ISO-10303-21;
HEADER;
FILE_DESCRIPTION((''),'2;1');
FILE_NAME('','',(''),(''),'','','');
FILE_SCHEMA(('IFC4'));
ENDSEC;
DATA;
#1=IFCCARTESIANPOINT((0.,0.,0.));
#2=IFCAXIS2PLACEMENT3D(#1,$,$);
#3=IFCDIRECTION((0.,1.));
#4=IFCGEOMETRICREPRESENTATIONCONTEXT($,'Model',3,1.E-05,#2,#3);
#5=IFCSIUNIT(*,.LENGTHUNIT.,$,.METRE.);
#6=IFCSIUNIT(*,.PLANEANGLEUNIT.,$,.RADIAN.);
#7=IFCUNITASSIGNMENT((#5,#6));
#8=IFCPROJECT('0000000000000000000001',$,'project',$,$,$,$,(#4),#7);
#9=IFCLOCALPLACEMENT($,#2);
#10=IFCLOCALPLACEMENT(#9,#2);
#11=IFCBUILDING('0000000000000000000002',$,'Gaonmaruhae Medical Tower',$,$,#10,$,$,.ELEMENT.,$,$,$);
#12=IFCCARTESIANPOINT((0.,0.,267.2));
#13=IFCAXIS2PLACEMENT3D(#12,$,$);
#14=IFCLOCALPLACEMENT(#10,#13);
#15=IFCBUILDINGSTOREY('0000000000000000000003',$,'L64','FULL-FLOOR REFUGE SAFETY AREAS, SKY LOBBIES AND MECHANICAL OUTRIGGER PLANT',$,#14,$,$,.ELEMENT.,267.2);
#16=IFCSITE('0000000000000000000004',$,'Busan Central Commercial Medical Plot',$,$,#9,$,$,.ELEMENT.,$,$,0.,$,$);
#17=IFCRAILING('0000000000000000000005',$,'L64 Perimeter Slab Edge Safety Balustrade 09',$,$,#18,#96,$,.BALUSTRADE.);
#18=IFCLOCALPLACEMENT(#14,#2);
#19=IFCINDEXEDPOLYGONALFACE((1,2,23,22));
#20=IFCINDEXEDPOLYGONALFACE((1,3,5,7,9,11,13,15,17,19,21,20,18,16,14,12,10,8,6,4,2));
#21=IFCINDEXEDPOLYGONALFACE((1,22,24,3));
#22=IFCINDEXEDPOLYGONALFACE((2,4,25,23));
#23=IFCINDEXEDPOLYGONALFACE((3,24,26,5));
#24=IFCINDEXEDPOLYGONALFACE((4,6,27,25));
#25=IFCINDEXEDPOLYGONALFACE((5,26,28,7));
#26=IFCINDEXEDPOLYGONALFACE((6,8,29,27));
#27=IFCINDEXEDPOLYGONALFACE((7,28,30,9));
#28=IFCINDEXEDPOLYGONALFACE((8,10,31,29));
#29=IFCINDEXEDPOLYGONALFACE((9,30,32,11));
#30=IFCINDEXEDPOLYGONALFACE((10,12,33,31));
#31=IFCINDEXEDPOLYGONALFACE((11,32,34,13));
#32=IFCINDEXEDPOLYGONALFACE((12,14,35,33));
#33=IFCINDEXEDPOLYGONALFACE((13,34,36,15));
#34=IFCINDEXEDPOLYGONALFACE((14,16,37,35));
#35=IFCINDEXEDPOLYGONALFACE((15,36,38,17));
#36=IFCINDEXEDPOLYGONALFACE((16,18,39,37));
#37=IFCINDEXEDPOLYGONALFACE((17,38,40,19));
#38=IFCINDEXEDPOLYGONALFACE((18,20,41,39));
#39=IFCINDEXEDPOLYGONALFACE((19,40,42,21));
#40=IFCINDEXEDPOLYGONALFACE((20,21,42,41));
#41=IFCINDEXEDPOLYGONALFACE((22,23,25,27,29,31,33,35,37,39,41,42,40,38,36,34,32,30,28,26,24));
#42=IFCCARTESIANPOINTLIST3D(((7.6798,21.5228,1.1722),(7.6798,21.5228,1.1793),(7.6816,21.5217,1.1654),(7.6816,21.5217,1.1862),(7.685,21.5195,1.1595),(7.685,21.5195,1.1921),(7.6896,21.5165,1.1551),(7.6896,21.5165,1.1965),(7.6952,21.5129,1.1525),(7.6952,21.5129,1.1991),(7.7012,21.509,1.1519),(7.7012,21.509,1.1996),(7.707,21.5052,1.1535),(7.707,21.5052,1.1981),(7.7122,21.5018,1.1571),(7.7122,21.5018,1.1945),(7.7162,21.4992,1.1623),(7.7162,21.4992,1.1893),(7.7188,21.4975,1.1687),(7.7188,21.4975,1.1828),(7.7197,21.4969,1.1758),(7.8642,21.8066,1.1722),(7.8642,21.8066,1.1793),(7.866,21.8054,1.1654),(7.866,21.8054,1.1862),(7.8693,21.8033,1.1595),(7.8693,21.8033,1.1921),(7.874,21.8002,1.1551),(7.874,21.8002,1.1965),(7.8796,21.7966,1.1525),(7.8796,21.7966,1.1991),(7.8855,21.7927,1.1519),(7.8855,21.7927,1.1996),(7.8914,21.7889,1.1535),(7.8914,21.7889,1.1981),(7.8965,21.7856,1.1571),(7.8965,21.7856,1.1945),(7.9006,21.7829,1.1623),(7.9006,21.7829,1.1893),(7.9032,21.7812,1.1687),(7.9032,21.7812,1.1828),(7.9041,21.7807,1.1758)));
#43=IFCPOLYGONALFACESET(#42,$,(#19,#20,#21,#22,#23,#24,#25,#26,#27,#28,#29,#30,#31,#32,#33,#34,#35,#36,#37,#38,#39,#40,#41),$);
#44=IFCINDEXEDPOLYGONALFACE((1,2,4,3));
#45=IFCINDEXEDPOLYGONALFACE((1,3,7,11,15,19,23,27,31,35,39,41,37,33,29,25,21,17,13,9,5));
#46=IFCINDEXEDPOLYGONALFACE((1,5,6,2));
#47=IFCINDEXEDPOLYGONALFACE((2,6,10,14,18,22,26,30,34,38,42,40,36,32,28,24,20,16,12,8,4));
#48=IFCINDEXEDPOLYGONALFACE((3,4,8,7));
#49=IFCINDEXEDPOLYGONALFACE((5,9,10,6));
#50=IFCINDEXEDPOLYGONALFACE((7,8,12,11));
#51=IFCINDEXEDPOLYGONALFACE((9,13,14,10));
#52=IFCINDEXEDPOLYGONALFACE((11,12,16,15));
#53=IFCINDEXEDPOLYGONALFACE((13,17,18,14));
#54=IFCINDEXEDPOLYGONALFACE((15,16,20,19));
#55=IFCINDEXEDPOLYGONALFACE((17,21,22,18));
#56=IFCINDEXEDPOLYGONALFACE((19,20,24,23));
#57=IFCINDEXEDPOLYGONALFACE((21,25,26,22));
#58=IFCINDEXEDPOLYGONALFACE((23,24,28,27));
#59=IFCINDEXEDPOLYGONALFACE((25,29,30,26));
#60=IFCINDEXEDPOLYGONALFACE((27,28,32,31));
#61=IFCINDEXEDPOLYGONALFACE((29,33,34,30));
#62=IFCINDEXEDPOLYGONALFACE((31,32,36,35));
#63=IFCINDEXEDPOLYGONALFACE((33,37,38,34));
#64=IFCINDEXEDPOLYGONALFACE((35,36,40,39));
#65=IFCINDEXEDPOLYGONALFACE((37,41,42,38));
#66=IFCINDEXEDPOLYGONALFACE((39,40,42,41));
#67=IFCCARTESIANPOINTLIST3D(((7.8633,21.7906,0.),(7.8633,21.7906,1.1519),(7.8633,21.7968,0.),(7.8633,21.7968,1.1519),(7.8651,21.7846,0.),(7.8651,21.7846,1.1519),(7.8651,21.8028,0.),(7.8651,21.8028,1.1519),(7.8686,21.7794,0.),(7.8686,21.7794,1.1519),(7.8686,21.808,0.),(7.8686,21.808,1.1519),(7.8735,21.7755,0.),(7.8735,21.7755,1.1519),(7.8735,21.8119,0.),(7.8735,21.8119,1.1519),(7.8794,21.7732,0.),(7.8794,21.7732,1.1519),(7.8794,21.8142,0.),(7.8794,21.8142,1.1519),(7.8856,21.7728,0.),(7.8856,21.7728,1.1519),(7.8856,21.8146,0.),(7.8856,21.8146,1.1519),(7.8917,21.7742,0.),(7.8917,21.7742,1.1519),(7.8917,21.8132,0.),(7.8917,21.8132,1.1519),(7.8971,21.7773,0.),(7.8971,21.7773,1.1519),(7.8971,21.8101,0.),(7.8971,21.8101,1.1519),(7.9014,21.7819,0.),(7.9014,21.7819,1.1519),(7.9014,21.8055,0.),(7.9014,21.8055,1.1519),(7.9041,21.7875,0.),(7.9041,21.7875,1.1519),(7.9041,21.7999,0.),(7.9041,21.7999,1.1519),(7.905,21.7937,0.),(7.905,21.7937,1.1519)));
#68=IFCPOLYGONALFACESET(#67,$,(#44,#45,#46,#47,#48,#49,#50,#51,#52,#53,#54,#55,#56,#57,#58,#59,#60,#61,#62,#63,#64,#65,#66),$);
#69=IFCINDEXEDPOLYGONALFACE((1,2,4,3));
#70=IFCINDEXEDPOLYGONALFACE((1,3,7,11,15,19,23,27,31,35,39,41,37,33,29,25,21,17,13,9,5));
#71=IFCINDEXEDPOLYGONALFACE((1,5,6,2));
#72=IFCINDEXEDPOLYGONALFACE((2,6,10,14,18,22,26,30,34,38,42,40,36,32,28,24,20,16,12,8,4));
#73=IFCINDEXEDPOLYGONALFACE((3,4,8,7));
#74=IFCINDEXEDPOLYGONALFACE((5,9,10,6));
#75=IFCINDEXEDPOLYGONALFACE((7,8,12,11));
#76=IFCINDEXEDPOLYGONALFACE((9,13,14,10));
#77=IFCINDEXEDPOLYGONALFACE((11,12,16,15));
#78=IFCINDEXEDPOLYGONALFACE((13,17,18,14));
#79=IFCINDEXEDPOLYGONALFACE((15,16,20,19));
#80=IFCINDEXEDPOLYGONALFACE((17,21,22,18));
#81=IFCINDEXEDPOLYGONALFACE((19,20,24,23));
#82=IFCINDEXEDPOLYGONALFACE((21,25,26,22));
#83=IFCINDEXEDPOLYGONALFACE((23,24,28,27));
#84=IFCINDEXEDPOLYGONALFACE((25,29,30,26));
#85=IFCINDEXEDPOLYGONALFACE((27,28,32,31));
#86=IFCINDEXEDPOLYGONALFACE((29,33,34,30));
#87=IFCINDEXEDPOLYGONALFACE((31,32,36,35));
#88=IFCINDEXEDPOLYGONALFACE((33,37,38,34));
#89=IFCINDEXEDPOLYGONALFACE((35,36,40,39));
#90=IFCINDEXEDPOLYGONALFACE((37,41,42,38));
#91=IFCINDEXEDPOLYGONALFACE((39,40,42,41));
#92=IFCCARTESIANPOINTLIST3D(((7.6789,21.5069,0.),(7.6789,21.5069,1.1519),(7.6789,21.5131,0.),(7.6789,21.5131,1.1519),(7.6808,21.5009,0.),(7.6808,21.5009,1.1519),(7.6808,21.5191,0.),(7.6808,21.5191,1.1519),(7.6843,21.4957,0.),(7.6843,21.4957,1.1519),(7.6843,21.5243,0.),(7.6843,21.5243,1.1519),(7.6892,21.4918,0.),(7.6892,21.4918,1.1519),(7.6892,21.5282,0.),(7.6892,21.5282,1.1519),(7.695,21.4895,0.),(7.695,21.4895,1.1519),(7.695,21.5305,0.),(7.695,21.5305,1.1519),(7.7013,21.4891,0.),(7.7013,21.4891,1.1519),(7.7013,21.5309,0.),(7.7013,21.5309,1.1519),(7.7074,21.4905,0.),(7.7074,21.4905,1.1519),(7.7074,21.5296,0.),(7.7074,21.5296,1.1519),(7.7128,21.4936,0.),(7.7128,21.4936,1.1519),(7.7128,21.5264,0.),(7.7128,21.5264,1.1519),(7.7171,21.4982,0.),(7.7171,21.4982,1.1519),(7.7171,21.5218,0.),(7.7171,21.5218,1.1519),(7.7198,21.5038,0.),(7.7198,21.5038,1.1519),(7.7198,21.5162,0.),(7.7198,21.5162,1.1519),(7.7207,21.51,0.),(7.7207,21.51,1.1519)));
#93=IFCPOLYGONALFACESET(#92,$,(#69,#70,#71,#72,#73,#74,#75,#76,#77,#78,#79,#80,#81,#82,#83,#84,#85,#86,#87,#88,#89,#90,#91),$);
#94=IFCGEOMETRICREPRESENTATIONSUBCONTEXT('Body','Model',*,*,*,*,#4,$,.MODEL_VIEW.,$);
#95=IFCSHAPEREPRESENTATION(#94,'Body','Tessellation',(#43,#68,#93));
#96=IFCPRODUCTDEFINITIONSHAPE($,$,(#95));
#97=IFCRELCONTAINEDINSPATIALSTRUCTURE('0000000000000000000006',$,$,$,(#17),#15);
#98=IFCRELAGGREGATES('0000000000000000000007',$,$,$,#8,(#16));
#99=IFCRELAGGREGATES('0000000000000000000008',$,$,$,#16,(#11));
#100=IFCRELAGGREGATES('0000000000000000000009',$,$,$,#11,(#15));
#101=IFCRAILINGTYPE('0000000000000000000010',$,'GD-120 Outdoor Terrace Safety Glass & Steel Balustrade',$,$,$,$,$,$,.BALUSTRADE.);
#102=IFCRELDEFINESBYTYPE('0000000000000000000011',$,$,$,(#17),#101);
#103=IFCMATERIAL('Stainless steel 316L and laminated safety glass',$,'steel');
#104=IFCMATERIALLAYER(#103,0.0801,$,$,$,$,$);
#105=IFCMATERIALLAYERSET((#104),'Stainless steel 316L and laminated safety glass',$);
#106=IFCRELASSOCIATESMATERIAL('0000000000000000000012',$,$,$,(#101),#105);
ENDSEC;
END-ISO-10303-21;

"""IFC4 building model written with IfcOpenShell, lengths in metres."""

from ifc_helpers import new_model, si_unit, direction, frame, origin, origin_2d, place, context, subcontext, project, spatial, circle, extrude, material, layer, layer_set, type_object, element, save


model = new_model("IFC4")

# Units and contexts
model_context = context("Model", 3, precision=1e-05, world=origin(), true_north=direction((0.0, 1.0)))
body_context = subcontext(model_context, "Body", "Model", "MODEL_VIEW")
ifc_project = project(units=[si_unit("LENGTHUNIT", "METRE"), si_unit("PLANEANGLEUNIT", "RADIAN")], contexts=[model_context])

# Site, building, storey
site_placement = place(None, origin())
site = spatial("IfcSite", under=ifc_project, at=site_placement, Name="Busan Central Commercial Medical Plot", CompositionType="ELEMENT", RefElevation=0.0)
building_placement = place(site_placement, origin())
building = spatial("IfcBuilding", under=site, at=building_placement, Name="Gaonmaruhae Medical Tower", CompositionType="ELEMENT")
storey_placement = place(building_placement, frame((0.0, 0.0, 267.2)))
storey = spatial("IfcBuildingStorey", under=building, at=storey_placement, Name="L64", Description="FULL-FLOOR REFUGE SAFETY AREAS, SKY LOBBIES AND MECHANICAL OUTRIGGER PLANT", CompositionType="ELEMENT", Elevation=267.2)

# Railing
ifc_material_1 = material(Name="Stainless steel 316L and laminated safety glass", Category="steel")
ifc_layer_1 = layer(ifc_material_1, 0.0801)
ifc_layer_set_1 = layer_set([ifc_layer_1], Name="Stainless steel 316L and laminated safety glass")
railing_type = type_object("IfcRailingType", Name="GD-120 Outdoor Terrace Safety Glass & Steel Balustrade", PredefinedType="BALUSTRADE", material=ifc_layer_set_1)
railing_1_placement = place(storey_placement, frame((7.884, 21.7937, 0.0)))
element("IfcRailing", 1, at=railing_1_placement, inside=storey, type_object=railing_type, Name="L64 Perimeter Slab Edge Safety Balustrade 09", PredefinedType="BALUSTRADE", context=body_context, shape_type="SweptSolid", body=[
    extrude(circle(Radius=0.0239, at=origin_2d()), frame((0.0, 0.0, 1.1758), z_axis=(-0.544836, -0.838543, 0.0), x_axis=(0.838543, -0.544836, 0.0)), (0.0, 0.0, 1.0), 0.3384),
    extrude(circle(Radius=0.021, at=origin_2d()), origin(), (0.0, 0.0, 1.0), 1.1519),
    extrude(circle(Radius=0.021, at=origin_2d()), frame((-0.1843, -0.2837, 0.0)), (0.0, 0.0, 1.0), 1.1519),
])

save(model, "model.ifc")
